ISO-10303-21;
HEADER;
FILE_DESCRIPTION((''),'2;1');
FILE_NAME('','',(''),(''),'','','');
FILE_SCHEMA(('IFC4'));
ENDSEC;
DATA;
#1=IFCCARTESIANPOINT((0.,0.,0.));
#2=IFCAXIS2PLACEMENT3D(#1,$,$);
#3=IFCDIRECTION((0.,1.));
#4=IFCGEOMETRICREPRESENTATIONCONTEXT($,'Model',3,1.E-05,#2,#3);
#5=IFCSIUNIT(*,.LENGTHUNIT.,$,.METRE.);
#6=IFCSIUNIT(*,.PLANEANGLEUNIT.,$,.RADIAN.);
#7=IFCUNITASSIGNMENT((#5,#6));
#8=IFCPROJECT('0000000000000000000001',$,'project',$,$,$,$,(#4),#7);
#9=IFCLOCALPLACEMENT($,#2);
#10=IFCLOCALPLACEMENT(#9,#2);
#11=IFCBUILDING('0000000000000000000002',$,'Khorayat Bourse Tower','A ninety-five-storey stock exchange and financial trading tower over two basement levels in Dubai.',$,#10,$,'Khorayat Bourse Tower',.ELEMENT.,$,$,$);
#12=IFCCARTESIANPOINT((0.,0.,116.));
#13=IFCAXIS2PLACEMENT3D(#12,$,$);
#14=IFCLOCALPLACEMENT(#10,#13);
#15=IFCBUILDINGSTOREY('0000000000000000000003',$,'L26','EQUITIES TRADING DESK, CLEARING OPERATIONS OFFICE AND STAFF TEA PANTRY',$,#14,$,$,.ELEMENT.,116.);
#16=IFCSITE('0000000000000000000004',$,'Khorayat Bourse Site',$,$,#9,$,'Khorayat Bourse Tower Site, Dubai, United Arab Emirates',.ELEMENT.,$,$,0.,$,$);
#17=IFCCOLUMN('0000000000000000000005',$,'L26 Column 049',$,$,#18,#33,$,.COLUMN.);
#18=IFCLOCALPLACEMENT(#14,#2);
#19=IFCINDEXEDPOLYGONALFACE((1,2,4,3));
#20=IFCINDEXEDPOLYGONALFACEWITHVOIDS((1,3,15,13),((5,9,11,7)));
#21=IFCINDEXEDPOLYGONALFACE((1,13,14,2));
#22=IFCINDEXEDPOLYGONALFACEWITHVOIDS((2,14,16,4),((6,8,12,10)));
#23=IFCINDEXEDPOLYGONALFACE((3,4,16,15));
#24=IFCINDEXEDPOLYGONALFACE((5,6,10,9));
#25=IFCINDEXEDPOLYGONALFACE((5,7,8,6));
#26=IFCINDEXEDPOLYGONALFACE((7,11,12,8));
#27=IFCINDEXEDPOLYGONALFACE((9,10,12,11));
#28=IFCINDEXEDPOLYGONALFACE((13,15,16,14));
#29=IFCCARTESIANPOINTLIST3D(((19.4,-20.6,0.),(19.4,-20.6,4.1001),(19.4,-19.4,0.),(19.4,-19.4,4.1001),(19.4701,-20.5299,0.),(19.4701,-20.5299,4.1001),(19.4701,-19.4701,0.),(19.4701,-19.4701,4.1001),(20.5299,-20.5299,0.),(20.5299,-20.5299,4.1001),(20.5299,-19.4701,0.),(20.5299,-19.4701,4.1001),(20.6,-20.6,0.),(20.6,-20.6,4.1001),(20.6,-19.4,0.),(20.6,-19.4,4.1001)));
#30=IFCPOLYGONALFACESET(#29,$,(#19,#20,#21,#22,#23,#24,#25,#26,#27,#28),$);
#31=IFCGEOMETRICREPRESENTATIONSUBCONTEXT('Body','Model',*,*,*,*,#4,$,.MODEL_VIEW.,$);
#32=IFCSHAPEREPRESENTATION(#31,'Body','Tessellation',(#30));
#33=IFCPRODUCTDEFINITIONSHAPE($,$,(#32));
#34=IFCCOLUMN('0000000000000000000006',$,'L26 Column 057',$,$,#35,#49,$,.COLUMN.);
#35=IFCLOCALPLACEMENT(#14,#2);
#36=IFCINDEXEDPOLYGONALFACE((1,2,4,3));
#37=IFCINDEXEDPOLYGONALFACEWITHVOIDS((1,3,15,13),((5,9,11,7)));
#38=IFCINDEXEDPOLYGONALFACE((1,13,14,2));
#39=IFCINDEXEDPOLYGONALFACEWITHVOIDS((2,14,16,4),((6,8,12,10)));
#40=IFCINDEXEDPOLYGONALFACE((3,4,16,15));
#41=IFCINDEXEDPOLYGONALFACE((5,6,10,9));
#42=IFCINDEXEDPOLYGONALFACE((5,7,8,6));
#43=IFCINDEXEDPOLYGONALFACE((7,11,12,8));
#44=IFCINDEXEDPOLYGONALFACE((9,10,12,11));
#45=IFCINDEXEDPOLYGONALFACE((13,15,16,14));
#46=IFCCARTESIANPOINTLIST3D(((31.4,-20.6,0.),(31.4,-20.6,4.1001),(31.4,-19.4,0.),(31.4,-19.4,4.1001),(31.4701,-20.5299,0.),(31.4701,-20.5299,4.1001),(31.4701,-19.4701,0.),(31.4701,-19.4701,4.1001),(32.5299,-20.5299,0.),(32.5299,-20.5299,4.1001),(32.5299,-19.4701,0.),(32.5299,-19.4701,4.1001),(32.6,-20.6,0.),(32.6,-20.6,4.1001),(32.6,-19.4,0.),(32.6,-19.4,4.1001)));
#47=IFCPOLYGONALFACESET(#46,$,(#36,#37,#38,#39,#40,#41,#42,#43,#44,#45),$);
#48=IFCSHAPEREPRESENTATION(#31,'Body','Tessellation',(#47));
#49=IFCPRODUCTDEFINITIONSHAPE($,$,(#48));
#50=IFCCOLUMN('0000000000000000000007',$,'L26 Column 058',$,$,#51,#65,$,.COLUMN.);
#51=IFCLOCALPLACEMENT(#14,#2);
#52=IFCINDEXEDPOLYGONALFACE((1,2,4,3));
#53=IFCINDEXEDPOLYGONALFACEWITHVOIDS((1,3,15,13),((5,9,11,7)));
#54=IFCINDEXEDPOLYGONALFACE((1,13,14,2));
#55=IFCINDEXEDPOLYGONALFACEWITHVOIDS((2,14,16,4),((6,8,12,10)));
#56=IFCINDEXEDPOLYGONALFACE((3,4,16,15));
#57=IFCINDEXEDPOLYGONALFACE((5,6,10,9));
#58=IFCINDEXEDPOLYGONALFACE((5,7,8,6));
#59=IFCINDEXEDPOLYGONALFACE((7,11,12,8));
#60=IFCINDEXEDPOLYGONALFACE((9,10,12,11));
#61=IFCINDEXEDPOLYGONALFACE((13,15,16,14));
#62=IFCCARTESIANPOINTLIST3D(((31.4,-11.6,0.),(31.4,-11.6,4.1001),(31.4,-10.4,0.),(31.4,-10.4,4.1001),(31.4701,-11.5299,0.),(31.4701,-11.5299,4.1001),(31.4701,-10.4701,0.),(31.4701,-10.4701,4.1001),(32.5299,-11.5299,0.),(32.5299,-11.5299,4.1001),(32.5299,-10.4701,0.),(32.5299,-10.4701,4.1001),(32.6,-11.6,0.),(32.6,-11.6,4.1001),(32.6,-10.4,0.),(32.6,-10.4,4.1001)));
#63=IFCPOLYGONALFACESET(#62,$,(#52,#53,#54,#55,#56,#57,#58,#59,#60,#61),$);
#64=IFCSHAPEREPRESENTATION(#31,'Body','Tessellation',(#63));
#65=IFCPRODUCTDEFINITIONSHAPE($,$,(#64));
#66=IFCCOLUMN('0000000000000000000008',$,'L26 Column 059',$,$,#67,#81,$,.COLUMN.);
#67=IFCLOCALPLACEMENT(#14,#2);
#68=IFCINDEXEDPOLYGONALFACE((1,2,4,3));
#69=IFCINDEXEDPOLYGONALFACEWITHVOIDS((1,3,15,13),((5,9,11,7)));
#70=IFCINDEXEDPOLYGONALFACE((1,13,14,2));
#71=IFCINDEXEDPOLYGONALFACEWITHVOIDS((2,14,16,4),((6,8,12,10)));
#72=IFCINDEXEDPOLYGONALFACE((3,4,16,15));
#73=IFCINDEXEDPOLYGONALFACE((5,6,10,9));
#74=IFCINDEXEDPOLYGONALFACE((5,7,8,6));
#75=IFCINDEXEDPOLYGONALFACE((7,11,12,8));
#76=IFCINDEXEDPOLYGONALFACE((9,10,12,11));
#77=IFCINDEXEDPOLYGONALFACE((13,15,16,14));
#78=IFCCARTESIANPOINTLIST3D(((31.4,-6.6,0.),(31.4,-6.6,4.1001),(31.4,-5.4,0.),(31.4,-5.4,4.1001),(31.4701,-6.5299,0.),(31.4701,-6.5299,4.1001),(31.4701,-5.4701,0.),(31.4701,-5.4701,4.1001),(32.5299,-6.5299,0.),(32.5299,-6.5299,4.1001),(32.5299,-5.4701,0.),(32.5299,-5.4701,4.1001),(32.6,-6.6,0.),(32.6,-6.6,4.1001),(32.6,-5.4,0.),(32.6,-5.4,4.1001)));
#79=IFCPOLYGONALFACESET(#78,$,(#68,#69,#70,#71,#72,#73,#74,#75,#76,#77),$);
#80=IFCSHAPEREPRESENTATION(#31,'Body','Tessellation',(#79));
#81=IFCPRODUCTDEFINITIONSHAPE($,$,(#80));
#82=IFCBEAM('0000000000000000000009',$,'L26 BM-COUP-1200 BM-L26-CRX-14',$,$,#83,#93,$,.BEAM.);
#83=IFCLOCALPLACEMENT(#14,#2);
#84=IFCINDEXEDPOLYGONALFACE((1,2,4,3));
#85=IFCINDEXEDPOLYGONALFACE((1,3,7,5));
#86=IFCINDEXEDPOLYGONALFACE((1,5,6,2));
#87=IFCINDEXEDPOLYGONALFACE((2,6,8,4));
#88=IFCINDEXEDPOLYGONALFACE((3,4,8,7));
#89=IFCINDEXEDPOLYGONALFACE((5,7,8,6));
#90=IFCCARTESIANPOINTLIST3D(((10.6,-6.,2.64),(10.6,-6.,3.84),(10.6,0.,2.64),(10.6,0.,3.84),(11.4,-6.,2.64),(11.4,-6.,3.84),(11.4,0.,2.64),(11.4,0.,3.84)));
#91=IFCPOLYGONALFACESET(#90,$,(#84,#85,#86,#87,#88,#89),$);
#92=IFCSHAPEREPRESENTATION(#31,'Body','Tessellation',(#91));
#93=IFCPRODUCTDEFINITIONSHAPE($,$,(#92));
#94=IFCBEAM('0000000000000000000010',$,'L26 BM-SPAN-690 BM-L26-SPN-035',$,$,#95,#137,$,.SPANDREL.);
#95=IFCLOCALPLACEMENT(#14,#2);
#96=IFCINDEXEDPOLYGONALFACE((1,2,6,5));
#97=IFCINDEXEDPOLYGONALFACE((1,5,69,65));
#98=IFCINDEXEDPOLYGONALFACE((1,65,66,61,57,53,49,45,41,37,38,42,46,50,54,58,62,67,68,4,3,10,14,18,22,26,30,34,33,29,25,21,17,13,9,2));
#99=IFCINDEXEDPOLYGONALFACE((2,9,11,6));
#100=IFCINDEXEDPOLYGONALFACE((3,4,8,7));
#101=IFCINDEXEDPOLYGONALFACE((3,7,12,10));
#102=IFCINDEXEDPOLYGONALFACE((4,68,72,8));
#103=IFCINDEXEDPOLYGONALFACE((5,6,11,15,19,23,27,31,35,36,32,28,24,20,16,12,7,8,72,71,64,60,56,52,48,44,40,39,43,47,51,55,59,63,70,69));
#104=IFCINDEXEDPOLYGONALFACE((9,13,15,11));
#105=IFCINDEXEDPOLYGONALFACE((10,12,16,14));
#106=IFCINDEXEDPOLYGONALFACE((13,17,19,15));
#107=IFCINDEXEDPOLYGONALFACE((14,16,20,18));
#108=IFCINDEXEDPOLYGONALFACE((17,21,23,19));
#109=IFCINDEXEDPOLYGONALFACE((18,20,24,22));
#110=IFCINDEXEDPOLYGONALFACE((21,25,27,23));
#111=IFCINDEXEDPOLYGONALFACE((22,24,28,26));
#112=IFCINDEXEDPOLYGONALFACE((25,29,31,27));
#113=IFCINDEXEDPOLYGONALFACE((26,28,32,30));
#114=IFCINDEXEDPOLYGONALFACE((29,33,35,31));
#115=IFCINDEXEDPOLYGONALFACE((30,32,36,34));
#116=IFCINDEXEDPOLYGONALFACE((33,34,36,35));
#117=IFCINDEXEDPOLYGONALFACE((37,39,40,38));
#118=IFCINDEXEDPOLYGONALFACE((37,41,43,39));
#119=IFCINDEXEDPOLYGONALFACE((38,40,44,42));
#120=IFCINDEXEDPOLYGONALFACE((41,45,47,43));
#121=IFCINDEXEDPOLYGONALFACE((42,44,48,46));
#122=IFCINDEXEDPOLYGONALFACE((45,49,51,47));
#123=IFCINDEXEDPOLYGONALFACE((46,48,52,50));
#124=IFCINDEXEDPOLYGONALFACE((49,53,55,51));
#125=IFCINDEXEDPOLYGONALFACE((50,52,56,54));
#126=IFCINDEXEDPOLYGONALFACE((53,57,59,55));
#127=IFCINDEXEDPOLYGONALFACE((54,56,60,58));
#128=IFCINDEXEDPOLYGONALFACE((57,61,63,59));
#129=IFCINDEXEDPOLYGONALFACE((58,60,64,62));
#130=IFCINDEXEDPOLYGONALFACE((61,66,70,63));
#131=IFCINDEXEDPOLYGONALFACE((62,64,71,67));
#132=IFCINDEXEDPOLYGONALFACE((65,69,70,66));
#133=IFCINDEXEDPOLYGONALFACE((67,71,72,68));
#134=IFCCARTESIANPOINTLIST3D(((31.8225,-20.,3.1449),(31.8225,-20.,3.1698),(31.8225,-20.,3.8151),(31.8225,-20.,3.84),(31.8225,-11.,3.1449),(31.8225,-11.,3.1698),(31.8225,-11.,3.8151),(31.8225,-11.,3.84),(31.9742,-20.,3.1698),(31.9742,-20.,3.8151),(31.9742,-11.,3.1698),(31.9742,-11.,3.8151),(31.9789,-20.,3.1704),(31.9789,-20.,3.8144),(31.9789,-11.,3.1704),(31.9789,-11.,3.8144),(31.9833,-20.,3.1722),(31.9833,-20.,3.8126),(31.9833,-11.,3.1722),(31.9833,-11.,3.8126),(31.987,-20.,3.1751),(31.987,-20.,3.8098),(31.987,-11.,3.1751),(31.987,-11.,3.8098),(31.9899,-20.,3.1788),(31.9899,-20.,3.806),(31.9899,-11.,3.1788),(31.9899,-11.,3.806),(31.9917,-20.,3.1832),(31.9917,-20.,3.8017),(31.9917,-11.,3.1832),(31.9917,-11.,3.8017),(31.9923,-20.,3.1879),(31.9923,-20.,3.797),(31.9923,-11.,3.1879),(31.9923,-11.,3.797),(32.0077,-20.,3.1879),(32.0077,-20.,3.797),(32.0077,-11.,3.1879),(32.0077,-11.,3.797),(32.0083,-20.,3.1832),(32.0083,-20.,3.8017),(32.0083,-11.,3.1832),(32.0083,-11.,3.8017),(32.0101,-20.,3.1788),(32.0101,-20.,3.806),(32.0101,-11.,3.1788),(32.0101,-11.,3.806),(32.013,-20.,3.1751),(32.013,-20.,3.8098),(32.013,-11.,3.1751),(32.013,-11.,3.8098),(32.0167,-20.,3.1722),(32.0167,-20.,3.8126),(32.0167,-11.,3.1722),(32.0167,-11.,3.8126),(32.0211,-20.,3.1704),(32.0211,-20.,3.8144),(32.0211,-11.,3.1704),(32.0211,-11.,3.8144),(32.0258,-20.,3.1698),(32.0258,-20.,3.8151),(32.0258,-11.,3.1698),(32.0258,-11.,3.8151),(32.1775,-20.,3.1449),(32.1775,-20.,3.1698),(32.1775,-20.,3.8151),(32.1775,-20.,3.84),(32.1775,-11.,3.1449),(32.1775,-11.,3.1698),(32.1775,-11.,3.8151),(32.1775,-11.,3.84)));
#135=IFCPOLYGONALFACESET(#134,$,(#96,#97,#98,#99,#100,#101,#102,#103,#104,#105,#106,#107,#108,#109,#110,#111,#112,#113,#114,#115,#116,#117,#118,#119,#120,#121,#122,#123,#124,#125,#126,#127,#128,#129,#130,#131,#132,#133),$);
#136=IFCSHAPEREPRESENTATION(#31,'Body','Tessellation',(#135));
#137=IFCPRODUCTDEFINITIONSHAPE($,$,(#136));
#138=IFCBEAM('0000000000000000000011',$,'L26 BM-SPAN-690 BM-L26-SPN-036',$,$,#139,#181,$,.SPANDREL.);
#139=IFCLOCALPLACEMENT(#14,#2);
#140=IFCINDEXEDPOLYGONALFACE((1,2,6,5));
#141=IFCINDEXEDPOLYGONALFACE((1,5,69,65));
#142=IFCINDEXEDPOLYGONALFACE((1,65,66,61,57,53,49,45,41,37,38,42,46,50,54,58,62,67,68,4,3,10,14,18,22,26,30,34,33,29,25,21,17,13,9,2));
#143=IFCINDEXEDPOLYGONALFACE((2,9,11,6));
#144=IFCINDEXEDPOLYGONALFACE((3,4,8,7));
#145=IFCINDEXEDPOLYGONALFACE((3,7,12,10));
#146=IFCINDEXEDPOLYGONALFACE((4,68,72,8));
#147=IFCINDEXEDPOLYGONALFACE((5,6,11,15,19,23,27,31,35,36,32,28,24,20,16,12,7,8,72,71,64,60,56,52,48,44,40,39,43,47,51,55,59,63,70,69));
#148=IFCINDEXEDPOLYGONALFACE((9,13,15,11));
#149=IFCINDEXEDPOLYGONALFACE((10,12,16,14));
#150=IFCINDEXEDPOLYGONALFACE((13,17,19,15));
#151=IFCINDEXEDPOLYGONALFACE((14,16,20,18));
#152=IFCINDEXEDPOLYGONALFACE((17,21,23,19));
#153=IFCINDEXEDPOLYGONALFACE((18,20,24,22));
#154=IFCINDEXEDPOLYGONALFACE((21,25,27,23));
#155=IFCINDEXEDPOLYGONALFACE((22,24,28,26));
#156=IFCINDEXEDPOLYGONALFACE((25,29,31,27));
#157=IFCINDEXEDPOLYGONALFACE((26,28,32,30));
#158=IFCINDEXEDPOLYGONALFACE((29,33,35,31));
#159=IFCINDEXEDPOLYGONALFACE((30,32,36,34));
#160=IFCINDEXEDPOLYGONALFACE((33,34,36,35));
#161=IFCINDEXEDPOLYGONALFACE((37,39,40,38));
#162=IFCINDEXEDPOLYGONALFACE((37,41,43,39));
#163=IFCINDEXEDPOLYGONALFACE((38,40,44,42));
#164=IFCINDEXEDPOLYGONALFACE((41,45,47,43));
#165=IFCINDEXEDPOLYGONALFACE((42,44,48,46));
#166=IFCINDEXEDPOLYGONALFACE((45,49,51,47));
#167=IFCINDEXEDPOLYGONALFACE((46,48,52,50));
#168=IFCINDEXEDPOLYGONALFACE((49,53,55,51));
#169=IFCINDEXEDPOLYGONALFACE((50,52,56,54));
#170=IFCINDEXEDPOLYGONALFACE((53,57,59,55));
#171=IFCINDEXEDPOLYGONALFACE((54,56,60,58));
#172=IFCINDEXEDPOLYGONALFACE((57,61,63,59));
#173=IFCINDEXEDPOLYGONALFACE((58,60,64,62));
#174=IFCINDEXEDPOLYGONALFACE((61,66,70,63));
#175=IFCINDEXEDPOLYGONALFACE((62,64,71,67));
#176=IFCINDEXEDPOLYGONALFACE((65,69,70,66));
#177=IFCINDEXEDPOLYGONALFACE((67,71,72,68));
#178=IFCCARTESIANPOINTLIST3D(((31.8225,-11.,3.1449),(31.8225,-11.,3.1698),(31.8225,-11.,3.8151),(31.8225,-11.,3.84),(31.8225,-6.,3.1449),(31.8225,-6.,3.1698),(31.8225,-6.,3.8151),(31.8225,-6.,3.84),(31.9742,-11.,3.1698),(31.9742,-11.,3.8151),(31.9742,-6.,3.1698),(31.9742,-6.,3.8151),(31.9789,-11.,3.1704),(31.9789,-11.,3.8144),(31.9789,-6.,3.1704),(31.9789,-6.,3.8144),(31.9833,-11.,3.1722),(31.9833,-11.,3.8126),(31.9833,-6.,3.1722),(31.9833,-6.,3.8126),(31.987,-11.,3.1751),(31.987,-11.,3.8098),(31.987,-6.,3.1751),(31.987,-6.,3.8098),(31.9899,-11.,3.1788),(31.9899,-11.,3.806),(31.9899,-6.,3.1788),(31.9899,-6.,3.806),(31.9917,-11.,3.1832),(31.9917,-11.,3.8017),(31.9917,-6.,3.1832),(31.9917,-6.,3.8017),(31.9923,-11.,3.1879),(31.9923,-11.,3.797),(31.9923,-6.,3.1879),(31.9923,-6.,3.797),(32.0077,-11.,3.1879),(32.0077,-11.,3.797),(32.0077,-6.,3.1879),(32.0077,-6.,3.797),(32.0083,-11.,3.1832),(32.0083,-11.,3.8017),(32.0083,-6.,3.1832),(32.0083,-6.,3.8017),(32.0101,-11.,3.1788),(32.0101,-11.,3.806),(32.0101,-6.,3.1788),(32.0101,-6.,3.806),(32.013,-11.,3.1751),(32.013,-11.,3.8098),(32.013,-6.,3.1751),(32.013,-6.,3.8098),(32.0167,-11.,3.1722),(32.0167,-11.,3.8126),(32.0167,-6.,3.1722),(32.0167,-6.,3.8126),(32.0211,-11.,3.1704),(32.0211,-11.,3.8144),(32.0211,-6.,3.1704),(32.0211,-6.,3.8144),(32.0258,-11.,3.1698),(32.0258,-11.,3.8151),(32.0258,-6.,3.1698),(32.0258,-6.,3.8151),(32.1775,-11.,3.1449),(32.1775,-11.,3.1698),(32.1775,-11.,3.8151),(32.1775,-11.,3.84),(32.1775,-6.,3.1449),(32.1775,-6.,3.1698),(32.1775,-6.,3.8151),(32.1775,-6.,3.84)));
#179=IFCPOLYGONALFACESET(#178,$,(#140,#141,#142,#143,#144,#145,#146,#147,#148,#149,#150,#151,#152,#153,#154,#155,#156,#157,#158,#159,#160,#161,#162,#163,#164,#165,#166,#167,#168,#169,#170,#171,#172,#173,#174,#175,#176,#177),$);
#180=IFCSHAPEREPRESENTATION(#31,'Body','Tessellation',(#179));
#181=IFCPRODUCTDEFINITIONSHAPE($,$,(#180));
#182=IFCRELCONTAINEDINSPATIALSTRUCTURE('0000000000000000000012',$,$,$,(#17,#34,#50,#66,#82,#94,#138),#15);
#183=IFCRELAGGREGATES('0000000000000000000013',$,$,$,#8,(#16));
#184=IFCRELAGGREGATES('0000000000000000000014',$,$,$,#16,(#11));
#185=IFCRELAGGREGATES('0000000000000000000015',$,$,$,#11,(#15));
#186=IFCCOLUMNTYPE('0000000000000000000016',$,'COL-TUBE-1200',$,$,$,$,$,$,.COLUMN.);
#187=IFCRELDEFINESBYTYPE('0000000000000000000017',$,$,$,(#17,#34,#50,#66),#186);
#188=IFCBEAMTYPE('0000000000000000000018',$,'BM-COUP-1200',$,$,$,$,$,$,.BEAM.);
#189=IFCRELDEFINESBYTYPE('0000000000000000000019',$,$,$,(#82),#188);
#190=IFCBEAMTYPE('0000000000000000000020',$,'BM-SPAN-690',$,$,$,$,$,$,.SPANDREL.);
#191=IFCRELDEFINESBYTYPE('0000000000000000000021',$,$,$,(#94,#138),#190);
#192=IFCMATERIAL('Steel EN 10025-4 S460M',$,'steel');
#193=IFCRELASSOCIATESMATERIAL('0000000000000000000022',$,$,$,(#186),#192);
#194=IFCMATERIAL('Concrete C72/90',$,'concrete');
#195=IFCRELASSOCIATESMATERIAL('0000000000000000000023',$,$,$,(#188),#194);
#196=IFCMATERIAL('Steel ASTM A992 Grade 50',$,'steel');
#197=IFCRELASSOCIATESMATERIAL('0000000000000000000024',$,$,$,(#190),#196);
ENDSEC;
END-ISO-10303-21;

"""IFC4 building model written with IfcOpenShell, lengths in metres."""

from ifc_helpers import new_model, si_unit, direction, frame, origin, origin_2d, place, context, subcontext, project, spatial, rectangle, hollow_rectangle, i_section, extrude, source, transform, mapped, material, material_profile, profile_set, type_object, element, save


model = new_model("IFC4")

# Units and contexts
model_context = context("Model", 3, precision=1e-05, world=origin(), true_north=direction((0.0, 1.0)))
body_context = subcontext(model_context, "Body", "Model", "MODEL_VIEW")
ifc_project = project(units=[si_unit("LENGTHUNIT", "METRE"), si_unit("PLANEANGLEUNIT", "RADIAN")], contexts=[model_context])

# Site, building, storey
site_placement = place(None, origin())
site = spatial("IfcSite", under=ifc_project, at=site_placement, Name="Khorayat Bourse Site", LongName="Khorayat Bourse Tower Site, Dubai, United Arab Emirates", CompositionType="ELEMENT", RefElevation=0.0)
building_placement = place(site_placement, origin())
building = spatial("IfcBuilding", under=site, at=building_placement, Name="Khorayat Bourse Tower", Description="A ninety-five-storey stock exchange and financial trading tower over two basement levels in Dubai.", LongName="Khorayat Bourse Tower", CompositionType="ELEMENT")
storey_placement = place(building_placement, frame((0.0, 0.0, 116.0)))
storey = spatial("IfcBuildingStorey", under=building, at=storey_placement, Name="L26", Description="EQUITIES TRADING DESK, CLEARING OPERATIONS OFFICE AND STAFF TEA PANTRY", CompositionType="ELEMENT", Elevation=116.0)

# Columns
ifc_material_1 = material(Name="Steel EN 10025-4 S460M", Category="steel")
ifc_material_profile_1 = material_profile(ifc_material_1, hollow_rectangle(XDim=1.2, YDim=1.2, WallThickness=0.0701, at=origin_2d()), Name="BOX 1200x1200x70")
ifc_profile_set_1 = profile_set([ifc_material_profile_1], Name="Steel EN 10025-4 S460M")
column_type = type_object("IfcColumnType", Name="COL-TUBE-1200", PredefinedType="COLUMN", material=ifc_profile_set_1)
shared_shape_1 = source(origin(), body_context, "Body", "SweptSolid", [
    extrude(hollow_rectangle(XDim=1.2, YDim=1.2, WallThickness=0.0701, at=origin_2d()), origin(), (0.0, 0.0, 1.0), 4.1001),
])
for number, where, z_axis, x_axis, name in (
    (1, (20.0, -20.0, 0.0), (0.0, 0.0, 1.0), (1.0, 0.0, 0.0), "L26 Column 049"),
    (2, (32.0, -20.0, 0.0), (0.0, 0.0, 1.0), (1.0, 0.0, 0.0), "L26 Column 057"),
    (3, (32.0, -11.0, 0.0), (0.0, 0.0, 1.0), (1.0, 0.0, 0.0), "L26 Column 058"),
    (4, (32.0, -6.0, 0.0), (0.0, 0.0, 1.0), (1.0, 0.0, 0.0), "L26 Column 059"),
):
    element("IfcColumn", number, at=place(storey_placement, frame(where, z_axis=z_axis, x_axis=x_axis)), inside=storey, type_object=column_type, Name=name, PredefinedType="COLUMN", context=body_context, shape_type="MappedRepresentation", body=[
        mapped(shared_shape_1, transform((0.0, 0.0, 0.0), scale=1.0)),
    ])

# Beams
ifc_material_2 = material(Name="Concrete C72/90", Category="concrete")
ifc_material_profile_2 = material_profile(ifc_material_2, rectangle(XDim=0.8, YDim=1.2, at=origin_2d()), Name="RC 800x1200")
ifc_profile_set_2 = profile_set([ifc_material_profile_2], Name="Concrete C72/90")
beam_type_1 = type_object("IfcBeamType", Name="BM-COUP-1200", PredefinedType="BEAM", material=ifc_profile_set_2)
shared_shape_2 = source(origin(), body_context, "Body", "SweptSolid", [
    extrude(rectangle(XDim=0.8, YDim=1.2, at=origin_2d()), origin(), (0.0, 0.0, 1.0), 6.0),
])
beam_1_placement = place(storey_placement, frame((11.0, -6.0, 3.24), z_axis=(0.0, 1.0, 0.0), x_axis=(-1.0, 0.0, 0.0)))
element("IfcBeam", 5, at=beam_1_placement, inside=storey, type_object=beam_type_1, Name="L26 BM-COUP-1200 BM-L26-CRX-14", PredefinedType="BEAM", context=body_context, shape_type="MappedRepresentation", body=[
    mapped(shared_shape_2, transform((0.0, 0.0, 0.0), scale=1.0)),
])
ifc_material_3 = material(Name="Steel ASTM A992 Grade 50", Category="steel")
ifc_material_profile_3 = material_profile(ifc_material_3, i_section(OverallWidth=0.355, OverallDepth=0.6951, WebThickness=0.0154, FlangeThickness=0.0249, FilletRadius=0.0181, at=origin_2d()), Name="W690X217")
ifc_profile_set_3 = profile_set([ifc_material_profile_3], Name="Steel ASTM A992 Grade 50")
beam_type_2 = type_object("IfcBeamType", Name="BM-SPAN-690", PredefinedType="SPANDREL", material=ifc_profile_set_3)
shared_shape_3 = source(origin(), body_context, "Body", "SweptSolid", [
    extrude(i_section(OverallWidth=0.355, OverallDepth=0.6951, WebThickness=0.0154, FlangeThickness=0.0249, FilletRadius=0.0181, at=origin_2d()), origin(), (0.0, 0.0, 1.0), 9.0),
])
beam_2_placement = place(storey_placement, frame((32.0, -20.0, 3.4924), z_axis=(0.0, 1.0, 0.0), x_axis=(-1.0, 0.0, 0.0)))
element("IfcBeam", 6, at=beam_2_placement, inside=storey, type_object=beam_type_2, Name="L26 BM-SPAN-690 BM-L26-SPN-035", PredefinedType="SPANDREL", context=body_context, shape_type="MappedRepresentation", body=[
    mapped(shared_shape_3, transform((0.0, 0.0, 0.0), scale=1.0)),
])
shared_shape_4 = source(origin(), body_context, "Body", "SweptSolid", [
    extrude(i_section(OverallWidth=0.355, OverallDepth=0.6951, WebThickness=0.0154, FlangeThickness=0.0249, FilletRadius=0.0181, at=origin_2d()), origin(), (0.0, 0.0, 1.0), 5.0),
])
beam_3_placement = place(storey_placement, frame((32.0, -11.0, 3.4924), z_axis=(0.0, 1.0, 0.0), x_axis=(-1.0, 0.0, 0.0)))
element("IfcBeam", 7, at=beam_3_placement, inside=storey, type_object=beam_type_2, Name="L26 BM-SPAN-690 BM-L26-SPN-036", PredefinedType="SPANDREL", context=body_context, shape_type="MappedRepresentation", body=[
    mapped(shared_shape_4, transform((0.0, 0.0, 0.0), scale=1.0)),
])

save(model, "model.ifc")
